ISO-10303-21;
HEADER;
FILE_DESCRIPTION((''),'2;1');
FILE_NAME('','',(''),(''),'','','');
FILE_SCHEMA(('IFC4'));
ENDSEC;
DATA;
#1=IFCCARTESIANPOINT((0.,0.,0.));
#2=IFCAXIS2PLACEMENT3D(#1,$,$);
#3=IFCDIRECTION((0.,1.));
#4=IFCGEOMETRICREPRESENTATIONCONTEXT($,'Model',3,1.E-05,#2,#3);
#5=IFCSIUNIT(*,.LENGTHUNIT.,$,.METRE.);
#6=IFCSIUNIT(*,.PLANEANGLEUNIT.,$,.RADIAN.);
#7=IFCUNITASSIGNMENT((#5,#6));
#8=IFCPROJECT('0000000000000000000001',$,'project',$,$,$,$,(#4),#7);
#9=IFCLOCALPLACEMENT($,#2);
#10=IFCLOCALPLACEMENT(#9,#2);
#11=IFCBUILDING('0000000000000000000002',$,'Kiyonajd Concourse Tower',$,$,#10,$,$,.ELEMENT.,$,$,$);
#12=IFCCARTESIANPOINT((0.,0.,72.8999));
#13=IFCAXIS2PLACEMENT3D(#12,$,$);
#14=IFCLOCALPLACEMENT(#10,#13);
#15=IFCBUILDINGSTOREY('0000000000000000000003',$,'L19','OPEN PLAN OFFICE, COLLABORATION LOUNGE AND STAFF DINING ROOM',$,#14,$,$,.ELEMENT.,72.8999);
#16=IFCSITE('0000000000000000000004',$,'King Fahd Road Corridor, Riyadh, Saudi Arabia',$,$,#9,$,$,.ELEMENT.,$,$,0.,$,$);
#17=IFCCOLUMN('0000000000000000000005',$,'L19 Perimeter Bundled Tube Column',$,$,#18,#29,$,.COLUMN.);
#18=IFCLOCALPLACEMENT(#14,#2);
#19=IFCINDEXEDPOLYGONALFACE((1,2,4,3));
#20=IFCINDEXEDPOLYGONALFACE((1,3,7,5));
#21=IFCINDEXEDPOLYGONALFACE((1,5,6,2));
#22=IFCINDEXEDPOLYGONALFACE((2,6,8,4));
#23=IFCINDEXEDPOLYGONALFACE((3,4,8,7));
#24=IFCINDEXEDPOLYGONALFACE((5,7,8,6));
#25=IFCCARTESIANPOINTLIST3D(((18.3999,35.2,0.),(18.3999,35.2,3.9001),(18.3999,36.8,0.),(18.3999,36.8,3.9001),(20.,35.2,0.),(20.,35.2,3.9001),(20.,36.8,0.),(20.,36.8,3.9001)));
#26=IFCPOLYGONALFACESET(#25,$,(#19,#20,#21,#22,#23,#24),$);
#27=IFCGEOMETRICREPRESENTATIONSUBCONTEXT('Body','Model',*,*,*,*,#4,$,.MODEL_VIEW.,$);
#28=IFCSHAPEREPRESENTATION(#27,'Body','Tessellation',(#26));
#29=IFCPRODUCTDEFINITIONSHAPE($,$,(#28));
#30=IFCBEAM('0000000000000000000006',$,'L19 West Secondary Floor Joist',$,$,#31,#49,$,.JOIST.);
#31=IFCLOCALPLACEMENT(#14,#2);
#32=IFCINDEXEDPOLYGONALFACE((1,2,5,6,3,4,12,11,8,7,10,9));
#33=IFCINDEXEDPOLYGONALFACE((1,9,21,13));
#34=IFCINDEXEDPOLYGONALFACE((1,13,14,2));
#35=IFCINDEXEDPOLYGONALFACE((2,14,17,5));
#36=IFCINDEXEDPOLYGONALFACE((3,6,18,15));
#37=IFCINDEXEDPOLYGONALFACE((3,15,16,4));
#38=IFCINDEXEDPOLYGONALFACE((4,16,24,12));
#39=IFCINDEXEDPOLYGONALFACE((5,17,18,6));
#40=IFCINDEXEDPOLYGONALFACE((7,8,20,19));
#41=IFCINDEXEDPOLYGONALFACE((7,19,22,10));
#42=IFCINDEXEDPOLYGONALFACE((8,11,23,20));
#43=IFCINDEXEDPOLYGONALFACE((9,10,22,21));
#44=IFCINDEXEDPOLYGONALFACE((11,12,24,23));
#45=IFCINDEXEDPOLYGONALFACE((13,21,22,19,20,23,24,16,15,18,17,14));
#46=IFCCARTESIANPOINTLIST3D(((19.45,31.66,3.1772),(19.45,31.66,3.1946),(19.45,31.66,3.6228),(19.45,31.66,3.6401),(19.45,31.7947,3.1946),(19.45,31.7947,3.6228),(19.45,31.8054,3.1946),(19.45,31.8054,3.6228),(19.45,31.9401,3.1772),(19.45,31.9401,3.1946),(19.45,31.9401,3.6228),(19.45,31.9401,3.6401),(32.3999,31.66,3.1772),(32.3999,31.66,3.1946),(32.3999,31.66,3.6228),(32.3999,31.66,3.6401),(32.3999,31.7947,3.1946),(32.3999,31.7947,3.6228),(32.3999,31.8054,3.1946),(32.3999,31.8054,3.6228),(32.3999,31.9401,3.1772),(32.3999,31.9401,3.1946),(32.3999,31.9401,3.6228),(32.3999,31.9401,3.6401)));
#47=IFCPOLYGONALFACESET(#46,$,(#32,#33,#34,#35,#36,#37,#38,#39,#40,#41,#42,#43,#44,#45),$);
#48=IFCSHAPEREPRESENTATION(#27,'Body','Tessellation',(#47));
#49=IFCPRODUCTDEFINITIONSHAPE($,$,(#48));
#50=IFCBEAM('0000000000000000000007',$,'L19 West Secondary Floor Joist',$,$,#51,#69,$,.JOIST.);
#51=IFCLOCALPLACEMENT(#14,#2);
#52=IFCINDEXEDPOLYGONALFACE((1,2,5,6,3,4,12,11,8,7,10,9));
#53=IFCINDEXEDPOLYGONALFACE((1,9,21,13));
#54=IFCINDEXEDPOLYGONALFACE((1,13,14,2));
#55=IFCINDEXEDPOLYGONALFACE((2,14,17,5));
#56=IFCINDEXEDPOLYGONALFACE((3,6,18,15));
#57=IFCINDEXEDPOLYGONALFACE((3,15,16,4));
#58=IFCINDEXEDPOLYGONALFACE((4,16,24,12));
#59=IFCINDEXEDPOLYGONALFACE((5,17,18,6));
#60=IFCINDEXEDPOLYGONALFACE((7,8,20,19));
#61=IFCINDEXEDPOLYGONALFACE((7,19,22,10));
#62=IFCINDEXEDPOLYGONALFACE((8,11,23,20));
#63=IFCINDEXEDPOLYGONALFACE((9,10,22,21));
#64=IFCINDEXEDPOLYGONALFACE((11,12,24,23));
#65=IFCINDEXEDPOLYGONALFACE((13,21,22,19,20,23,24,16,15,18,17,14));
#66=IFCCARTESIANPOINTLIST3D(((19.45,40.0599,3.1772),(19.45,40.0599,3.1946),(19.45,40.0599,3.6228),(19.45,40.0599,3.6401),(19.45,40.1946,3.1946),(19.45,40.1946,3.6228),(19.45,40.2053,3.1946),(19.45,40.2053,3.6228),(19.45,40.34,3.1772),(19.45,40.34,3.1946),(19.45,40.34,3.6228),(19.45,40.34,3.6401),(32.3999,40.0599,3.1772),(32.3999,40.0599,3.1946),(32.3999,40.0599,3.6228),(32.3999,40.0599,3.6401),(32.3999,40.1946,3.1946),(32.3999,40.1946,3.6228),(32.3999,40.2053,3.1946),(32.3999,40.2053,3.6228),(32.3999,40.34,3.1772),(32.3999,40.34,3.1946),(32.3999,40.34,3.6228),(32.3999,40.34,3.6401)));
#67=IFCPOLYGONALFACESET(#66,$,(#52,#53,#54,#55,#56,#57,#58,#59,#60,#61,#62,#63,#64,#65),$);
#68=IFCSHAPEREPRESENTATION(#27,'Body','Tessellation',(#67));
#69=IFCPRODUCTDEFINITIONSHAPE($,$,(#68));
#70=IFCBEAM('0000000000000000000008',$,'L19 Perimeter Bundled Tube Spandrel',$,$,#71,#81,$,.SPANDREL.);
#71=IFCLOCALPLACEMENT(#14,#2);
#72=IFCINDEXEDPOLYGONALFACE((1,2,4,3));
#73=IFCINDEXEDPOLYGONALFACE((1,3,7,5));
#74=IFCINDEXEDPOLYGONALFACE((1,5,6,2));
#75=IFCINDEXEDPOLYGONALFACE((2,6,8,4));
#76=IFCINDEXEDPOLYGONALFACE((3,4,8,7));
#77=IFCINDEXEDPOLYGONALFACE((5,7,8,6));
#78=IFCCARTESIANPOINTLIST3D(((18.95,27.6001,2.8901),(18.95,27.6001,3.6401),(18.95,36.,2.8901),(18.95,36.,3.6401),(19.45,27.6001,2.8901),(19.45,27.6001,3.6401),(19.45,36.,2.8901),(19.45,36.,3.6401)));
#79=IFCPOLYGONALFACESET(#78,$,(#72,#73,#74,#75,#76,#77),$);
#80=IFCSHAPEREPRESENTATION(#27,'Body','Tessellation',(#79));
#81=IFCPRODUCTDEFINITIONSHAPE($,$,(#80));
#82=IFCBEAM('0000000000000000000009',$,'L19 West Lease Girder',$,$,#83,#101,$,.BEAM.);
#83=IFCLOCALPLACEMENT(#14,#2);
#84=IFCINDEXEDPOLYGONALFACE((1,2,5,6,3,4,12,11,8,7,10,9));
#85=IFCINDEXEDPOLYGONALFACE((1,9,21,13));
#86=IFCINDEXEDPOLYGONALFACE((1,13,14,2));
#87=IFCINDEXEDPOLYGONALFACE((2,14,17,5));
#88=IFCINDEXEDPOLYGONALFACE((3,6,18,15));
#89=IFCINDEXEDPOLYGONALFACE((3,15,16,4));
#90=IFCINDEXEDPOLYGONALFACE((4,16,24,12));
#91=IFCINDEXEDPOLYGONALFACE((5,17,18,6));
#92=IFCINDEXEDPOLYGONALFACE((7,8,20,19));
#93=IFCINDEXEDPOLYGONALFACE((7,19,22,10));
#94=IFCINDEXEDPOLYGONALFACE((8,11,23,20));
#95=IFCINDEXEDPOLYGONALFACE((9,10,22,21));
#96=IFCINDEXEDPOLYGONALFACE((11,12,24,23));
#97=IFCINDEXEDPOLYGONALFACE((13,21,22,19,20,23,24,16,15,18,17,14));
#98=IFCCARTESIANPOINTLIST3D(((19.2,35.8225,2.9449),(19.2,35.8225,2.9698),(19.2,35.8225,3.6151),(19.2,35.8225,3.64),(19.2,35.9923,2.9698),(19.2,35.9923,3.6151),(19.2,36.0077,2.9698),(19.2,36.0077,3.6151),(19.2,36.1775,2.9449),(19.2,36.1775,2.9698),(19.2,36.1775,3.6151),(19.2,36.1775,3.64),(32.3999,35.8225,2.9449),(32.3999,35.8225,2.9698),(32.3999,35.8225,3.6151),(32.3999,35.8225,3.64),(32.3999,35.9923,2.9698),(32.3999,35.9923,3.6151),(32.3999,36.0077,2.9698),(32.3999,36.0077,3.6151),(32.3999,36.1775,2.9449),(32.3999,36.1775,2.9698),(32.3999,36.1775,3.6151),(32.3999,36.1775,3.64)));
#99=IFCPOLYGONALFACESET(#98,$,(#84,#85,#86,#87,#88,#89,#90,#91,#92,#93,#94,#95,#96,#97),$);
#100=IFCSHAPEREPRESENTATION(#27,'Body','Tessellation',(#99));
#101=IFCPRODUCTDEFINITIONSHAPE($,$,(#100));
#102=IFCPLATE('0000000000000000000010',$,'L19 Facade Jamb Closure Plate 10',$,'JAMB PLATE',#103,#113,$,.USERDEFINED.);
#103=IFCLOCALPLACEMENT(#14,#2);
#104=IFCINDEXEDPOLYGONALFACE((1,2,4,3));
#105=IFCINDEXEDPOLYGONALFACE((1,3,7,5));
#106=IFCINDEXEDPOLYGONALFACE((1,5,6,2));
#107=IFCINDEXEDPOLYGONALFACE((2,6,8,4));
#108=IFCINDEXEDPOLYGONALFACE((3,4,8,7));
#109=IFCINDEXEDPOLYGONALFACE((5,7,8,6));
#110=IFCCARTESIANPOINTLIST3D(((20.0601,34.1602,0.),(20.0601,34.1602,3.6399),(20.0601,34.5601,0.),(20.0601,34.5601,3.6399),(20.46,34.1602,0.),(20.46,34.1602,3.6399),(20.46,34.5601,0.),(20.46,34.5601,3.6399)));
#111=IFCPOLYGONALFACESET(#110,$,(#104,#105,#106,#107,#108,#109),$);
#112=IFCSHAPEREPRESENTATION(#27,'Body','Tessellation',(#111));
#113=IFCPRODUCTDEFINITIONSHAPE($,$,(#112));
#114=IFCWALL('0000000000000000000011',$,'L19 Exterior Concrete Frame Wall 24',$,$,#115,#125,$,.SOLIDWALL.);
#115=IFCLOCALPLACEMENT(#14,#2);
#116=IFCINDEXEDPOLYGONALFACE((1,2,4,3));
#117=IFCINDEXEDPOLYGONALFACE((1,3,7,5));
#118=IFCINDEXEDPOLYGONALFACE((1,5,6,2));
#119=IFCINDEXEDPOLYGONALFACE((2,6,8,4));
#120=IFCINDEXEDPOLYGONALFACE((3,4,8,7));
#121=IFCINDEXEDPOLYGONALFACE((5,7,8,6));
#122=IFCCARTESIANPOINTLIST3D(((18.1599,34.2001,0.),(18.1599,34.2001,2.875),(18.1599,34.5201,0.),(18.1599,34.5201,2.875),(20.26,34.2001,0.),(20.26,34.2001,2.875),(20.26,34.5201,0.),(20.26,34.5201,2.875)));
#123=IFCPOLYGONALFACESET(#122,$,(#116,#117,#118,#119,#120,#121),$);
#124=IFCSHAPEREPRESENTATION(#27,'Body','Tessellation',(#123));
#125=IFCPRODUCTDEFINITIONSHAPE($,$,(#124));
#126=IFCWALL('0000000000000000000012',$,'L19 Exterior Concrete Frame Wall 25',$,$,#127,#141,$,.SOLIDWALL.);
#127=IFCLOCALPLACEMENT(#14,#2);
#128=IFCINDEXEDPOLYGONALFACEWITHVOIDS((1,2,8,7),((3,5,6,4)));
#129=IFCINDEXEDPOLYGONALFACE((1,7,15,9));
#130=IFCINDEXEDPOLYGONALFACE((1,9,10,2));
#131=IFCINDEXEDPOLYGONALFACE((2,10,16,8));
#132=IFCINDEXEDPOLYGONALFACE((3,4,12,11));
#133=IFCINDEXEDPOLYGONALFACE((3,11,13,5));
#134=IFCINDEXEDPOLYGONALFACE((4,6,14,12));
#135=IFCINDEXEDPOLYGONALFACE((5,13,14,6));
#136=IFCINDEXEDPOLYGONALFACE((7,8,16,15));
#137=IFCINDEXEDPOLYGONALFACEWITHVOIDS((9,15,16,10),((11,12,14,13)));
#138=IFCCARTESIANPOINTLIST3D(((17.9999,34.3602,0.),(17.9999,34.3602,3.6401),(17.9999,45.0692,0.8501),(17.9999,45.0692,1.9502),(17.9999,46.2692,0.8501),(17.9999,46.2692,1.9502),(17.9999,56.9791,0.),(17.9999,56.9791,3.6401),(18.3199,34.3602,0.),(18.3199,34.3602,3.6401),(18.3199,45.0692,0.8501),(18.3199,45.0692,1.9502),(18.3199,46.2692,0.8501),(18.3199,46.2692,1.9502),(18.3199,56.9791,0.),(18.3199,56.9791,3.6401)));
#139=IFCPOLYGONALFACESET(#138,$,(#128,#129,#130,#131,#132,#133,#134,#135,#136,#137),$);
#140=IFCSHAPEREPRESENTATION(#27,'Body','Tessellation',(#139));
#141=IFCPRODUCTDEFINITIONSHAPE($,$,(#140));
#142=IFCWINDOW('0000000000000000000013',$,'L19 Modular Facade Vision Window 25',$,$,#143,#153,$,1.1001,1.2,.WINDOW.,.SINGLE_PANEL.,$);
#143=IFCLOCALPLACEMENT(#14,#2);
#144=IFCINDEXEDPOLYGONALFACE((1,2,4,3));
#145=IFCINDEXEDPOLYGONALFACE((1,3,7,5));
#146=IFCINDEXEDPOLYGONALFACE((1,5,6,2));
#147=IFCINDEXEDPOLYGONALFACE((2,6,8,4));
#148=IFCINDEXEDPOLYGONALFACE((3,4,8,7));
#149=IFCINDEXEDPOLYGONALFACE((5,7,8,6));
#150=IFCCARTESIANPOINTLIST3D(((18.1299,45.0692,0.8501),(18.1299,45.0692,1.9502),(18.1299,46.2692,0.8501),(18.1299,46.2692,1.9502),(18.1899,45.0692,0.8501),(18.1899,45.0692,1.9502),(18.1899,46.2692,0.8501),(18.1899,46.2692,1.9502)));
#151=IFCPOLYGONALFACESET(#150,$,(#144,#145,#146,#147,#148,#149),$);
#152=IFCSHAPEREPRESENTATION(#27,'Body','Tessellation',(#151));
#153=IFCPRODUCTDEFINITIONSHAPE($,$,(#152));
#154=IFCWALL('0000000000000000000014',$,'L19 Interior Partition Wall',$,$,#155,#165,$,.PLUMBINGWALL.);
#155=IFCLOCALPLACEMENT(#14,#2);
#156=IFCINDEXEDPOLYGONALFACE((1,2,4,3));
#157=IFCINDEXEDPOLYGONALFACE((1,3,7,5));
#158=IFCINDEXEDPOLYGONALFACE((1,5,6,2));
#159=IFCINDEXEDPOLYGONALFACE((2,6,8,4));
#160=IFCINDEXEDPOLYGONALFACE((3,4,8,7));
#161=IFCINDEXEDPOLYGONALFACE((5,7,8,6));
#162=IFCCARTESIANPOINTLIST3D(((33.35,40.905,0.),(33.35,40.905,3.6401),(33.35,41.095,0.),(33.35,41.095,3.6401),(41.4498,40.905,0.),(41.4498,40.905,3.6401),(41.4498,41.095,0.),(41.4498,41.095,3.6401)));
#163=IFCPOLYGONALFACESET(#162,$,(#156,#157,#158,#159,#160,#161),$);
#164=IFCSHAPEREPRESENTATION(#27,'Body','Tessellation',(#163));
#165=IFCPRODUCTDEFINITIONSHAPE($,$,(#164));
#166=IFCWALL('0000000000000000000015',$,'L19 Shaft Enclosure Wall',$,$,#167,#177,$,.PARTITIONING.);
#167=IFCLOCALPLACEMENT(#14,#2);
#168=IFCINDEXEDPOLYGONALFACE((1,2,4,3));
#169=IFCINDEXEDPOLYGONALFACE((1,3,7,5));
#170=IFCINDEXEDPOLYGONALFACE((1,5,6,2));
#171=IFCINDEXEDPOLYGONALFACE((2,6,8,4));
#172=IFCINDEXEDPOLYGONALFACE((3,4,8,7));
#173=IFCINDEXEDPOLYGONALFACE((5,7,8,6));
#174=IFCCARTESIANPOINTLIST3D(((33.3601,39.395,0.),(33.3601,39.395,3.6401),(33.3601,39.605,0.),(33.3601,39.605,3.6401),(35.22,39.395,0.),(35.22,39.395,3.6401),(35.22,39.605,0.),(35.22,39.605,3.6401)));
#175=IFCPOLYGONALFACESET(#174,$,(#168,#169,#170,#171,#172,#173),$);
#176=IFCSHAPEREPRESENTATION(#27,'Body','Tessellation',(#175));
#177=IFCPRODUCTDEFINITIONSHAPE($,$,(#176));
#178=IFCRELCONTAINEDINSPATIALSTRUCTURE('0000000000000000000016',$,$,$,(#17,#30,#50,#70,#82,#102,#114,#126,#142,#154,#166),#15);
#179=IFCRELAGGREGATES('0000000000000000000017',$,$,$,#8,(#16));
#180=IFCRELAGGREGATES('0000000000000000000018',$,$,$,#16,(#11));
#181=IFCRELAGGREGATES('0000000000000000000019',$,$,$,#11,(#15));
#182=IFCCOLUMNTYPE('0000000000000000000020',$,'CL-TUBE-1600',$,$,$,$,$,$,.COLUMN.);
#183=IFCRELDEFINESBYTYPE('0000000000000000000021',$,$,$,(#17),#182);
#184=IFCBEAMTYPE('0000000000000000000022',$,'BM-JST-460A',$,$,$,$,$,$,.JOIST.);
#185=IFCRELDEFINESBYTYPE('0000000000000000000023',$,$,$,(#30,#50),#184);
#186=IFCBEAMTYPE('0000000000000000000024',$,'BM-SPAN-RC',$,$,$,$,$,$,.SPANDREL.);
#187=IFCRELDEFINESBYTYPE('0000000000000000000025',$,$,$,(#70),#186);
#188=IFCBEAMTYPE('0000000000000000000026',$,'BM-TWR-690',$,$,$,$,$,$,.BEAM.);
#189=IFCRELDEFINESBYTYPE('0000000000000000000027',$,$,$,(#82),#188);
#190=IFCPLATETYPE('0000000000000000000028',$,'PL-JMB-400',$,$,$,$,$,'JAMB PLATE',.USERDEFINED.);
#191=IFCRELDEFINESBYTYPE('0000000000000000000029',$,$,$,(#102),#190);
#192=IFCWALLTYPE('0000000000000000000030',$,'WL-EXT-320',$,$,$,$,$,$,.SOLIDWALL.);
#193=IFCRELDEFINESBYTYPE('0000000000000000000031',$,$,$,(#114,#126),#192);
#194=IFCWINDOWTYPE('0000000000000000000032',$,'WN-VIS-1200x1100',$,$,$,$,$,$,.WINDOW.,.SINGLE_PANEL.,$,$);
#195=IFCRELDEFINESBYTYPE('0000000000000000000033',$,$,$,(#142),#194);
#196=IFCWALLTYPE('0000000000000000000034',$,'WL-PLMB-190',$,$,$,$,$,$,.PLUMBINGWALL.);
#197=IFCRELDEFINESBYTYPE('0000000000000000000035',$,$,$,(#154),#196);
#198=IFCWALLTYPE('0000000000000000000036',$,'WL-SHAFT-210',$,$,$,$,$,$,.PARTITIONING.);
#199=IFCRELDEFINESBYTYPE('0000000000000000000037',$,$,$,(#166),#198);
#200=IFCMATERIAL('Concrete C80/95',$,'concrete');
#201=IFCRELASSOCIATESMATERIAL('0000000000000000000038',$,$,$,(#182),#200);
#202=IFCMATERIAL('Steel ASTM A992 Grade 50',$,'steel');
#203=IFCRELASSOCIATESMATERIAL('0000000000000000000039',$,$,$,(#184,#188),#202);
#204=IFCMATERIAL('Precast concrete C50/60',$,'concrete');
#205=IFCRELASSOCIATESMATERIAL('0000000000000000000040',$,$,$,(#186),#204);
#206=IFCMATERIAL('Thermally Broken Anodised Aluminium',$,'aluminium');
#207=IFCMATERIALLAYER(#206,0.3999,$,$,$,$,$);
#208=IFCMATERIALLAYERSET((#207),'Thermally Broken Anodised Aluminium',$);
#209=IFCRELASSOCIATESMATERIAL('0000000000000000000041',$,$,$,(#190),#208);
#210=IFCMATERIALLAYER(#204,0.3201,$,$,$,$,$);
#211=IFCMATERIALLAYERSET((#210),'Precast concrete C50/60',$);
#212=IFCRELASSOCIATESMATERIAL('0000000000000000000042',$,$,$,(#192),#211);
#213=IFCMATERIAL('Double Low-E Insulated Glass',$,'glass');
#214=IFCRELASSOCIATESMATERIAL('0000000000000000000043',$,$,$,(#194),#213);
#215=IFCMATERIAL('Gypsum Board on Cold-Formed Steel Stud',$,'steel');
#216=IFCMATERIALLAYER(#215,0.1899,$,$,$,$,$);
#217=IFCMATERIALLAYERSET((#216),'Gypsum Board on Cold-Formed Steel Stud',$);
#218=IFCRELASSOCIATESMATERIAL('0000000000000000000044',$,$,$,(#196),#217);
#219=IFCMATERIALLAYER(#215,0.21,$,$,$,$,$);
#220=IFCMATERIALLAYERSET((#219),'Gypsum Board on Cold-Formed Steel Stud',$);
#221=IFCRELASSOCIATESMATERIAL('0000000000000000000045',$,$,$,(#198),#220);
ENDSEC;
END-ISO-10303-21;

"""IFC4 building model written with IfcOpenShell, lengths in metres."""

from ifc_helpers import new_model, si_unit, direction, frame, frame_2d, origin, origin_2d, place, context, subcontext, project, spatial, rectangle, i_section, extrude, material, layer, layer_set, material_profile, profile_set, type_object, element, fill, save


model = new_model("IFC4")

# Units and contexts
model_context = context("Model", 3, precision=1e-05, world=origin(), true_north=direction((0.0, 1.0)))
body_context = subcontext(model_context, "Body", "Model", "MODEL_VIEW")
ifc_project = project(units=[si_unit("LENGTHUNIT", "METRE"), si_unit("PLANEANGLEUNIT", "RADIAN")], contexts=[model_context])

# Site, building, storey
site_placement = place(None, origin())
site = spatial("IfcSite", under=ifc_project, at=site_placement, Name="King Fahd Road Corridor, Riyadh, Saudi Arabia", CompositionType="ELEMENT", RefElevation=0.0)
building_placement = place(site_placement, origin())
building = spatial("IfcBuilding", under=site, at=building_placement, Name="Kiyonajd Concourse Tower", CompositionType="ELEMENT")
storey_placement = place(building_placement, frame((0.0, 0.0, 72.8999)))
storey = spatial("IfcBuildingStorey", under=building, at=storey_placement, Name="L19", Description="OPEN PLAN OFFICE, COLLABORATION LOUNGE AND STAFF DINING ROOM", CompositionType="ELEMENT", Elevation=72.8999)

# Column
ifc_material_1 = material(Name="Concrete C80/95", Category="concrete")
ifc_material_profile_1 = material_profile(ifc_material_1, rectangle(XDim=1.6001, YDim=1.6001, at=origin_2d()), Name="RC-1600x1600")
ifc_profile_set_1 = profile_set([ifc_material_profile_1], Name="Concrete C80/95")
column_type = type_object("IfcColumnType", Name="CL-TUBE-1600", PredefinedType="COLUMN", material=ifc_profile_set_1)
column_placement = place(storey_placement, frame((19.2, 36.0, 0.0), z_axis=(0.0, 0.0, 1.0), x_axis=(1.0, 0.0, 0.0)))
element("IfcColumn", 1, at=column_placement, inside=storey, type_object=column_type, Name="L19 Perimeter Bundled Tube Column", PredefinedType="COLUMN", context=body_context, shape_type="SweptSolid", body=[
    extrude(rectangle(XDim=1.6001, YDim=1.6001, at=origin_2d()), origin(), (0.0, 0.0, 1.0), 3.9001),
])

# Beams
ifc_material_2 = material(Name="Steel ASTM A992 Grade 50", Category="steel")
ifc_material_profile_2 = material_profile(ifc_material_2, i_section(OverallWidth=0.28, OverallDepth=0.4629, WebThickness=0.0107, FlangeThickness=0.0173, at=origin_2d()), Name="W460X113")
ifc_profile_set_2 = profile_set([ifc_material_profile_2], Name="Steel ASTM A992 Grade 50")
beam_type_1 = type_object("IfcBeamType", Name="BM-JST-460A", PredefinedType="JOIST", material=ifc_profile_set_2)
for number, where, z_axis, x_axis, name in (
    (2, (19.45, 31.8, 3.4087), (1.0, 0.0, 0.0), (0.0, 1.0, 0.0), "L19 West Secondary Floor Joist"),
    (3, (19.45, 40.2, 3.4087), (1.0, 0.0, 0.0), (0.0, 1.0, 0.0), "L19 West Secondary Floor Joist"),
):
    element("IfcBeam", number, at=place(storey_placement, frame(where, z_axis=z_axis, x_axis=x_axis)), inside=storey, type_object=beam_type_1, Name=name, PredefinedType="JOIST", context=body_context, shape_type="SweptSolid", body=[
        extrude(i_section(OverallWidth=0.28, OverallDepth=0.4629, WebThickness=0.0107, FlangeThickness=0.0173, at=origin_2d()), origin(), (0.0, 0.0, 1.0), 12.95),
    ])
ifc_material_3 = material(Name="Precast concrete C50/60", Category="concrete")
ifc_material_profile_3 = material_profile(ifc_material_3, rectangle(XDim=0.5, YDim=0.75, at=origin_2d()), Name="RCBM-500x750")
ifc_profile_set_3 = profile_set([ifc_material_profile_3], Name="Precast concrete C50/60")
beam_type_2 = type_object("IfcBeamType", Name="BM-SPAN-RC", PredefinedType="SPANDREL", material=ifc_profile_set_3)
beam_1_placement = place(storey_placement, frame((19.2, 36.0, 3.2651), z_axis=(0.0, -1.0, 0.0), x_axis=(1.0, 0.0, 0.0)))
element("IfcBeam", 4, at=beam_1_placement, inside=storey, type_object=beam_type_2, Name="L19 Perimeter Bundled Tube Spandrel", PredefinedType="SPANDREL", context=body_context, shape_type="SweptSolid", body=[
    extrude(rectangle(XDim=0.5, YDim=0.75, at=origin_2d()), origin(), (0.0, 0.0, 1.0), 8.3999),
])
ifc_material_profile_4 = material_profile(ifc_material_2, i_section(OverallWidth=0.355, OverallDepth=0.6951, WebThickness=0.0154, FlangeThickness=0.0249, at=origin_2d()), Name="W690X217")
ifc_profile_set_4 = profile_set([ifc_material_profile_4], Name="Steel ASTM A992 Grade 50")
beam_type_3 = type_object("IfcBeamType", Name="BM-TWR-690", PredefinedType="BEAM", material=ifc_profile_set_4)
beam_2_placement = place(storey_placement, frame((19.2, 36.0, 3.2925), z_axis=(1.0, 0.0, 0.0), x_axis=(0.0, 1.0, 0.0)))
element("IfcBeam", 5, at=beam_2_placement, inside=storey, type_object=beam_type_3, Name="L19 West Lease Girder", PredefinedType="BEAM", context=body_context, shape_type="SweptSolid", body=[
    extrude(i_section(OverallWidth=0.355, OverallDepth=0.6951, WebThickness=0.0154, FlangeThickness=0.0249, at=origin_2d()), origin(), (0.0, 0.0, 1.0), 13.2),
])

# Plate
ifc_material_4 = material(Name="Thermally Broken Anodised Aluminium", Category="aluminium")
ifc_layer_1 = layer(ifc_material_4, 0.3999)
ifc_layer_set_1 = layer_set([ifc_layer_1], Name="Thermally Broken Anodised Aluminium")
plate_type = type_object("IfcPlateType", Name="PL-JMB-400", ElementType="JAMB PLATE", PredefinedType="USERDEFINED", material=ifc_layer_set_1)
plate_placement = place(storey_placement, frame((20.26, 34.3601, 0.0), z_axis=(0.0, 0.0, 1.0), x_axis=(1.0, 0.0, 0.0)))
element("IfcPlate", 6, at=plate_placement, inside=storey, type_object=plate_type, Name="L19 Facade Jamb Closure Plate 10", ObjectType="JAMB PLATE", PredefinedType="USERDEFINED", context=body_context, shape_type="SweptSolid", body=[
    extrude(rectangle(XDim=0.3999, YDim=0.3999, at=origin_2d()), origin(), (0.0, 0.0, 1.0), 3.6399),
])

# Wall
ifc_layer_2 = layer(ifc_material_3, 0.3201)
ifc_layer_set_2 = layer_set([ifc_layer_2], Name="Precast concrete C50/60")
wall_type_1 = type_object("IfcWallType", Name="WL-EXT-320", PredefinedType="SOLIDWALL", material=ifc_layer_set_2)
wall_1_placement = place(storey_placement, frame((20.26, 34.3601, 0.0), z_axis=(0.0, 0.0, 1.0), x_axis=(-1.0, 0.0, 0.0)))
element("IfcWall", 7, at=wall_1_placement, inside=storey, type_object=wall_type_1, Name="L19 Exterior Concrete Frame Wall 24", PredefinedType="SOLIDWALL", context=body_context, shape_type="SweptSolid", body=[
    extrude(rectangle(XDim=2.1001, YDim=0.3201, at=frame_2d((1.05, 0.0))), origin(), (0.0, 0.0, 1.0), 2.875),
])

# Wall, opening, window
wall_2_placement = place(storey_placement, frame((18.1599, 34.3601, 0.0), z_axis=(0.0, 0.0, 1.0), x_axis=(0.0, 1.0, 0.0)))
wall_2 = element("IfcWall", 8, at=wall_2_placement, inside=storey, type_object=wall_type_1, Name="L19 Exterior Concrete Frame Wall 25", PredefinedType="SOLIDWALL", context=body_context, shape_type="SweptSolid", body=[
    extrude(rectangle(XDim=22.6189, YDim=0.3201, at=frame_2d((11.3096, 0.0))), origin(), (0.0, 0.0, 1.0), 3.6401),
])
opening_1_placement = place(wall_2_placement, frame((10.709, 0.0, 0.8501)))
opening_1 = element("IfcOpeningElement", 9, at=opening_1_placement, cuts=wall_2, PredefinedType="OPENING", context=body_context, shape_type="SweptSolid", body=[
    extrude(rectangle(XDim=1.2, YDim=1.1001, at=frame_2d((0.6001, 0.55))), frame((0.0, 0.1699, 0.0), z_axis=(0.0, -1.0, 0.0), x_axis=(1.0, 0.0, 0.0)), (0.0, 0.0, 1.0), 0.3401),
])
ifc_material_5 = material(Name="Double Low-E Insulated Glass", Category="glass")
window_type = type_object("IfcWindowType", Name="WN-VIS-1200x1100", PartitioningType="SINGLE_PANEL", PredefinedType="WINDOW", material=ifc_material_5)
window_placement = place(opening_1_placement, origin())
window = element("IfcWindow", 10, at=window_placement, inside=storey, type_object=window_type, Name="L19 Modular Facade Vision Window 25", OverallHeight=1.1001, OverallWidth=1.2, PartitioningType="SINGLE_PANEL", PredefinedType="WINDOW", context=body_context, shape_type="SweptSolid", body=[
    extrude(rectangle(XDim=1.2, YDim=1.1001, at=frame_2d((0.6001, 0.55))), frame((0.0, 0.03, 0.0), z_axis=(0.0, -1.0, 0.0), x_axis=(1.0, 0.0, 0.0)), (0.0, 0.0, 1.0), 0.0601),
])
fill(opening_1, window)

# Walls
ifc_material_6 = material(Name="Gypsum Board on Cold-Formed Steel Stud", Category="steel")
ifc_layer_3 = layer(ifc_material_6, 0.1899)
ifc_layer_set_3 = layer_set([ifc_layer_3], Name="Gypsum Board on Cold-Formed Steel Stud")
wall_type_2 = type_object("IfcWallType", Name="WL-PLMB-190", PredefinedType="PLUMBINGWALL", material=ifc_layer_set_3)
wall_3_placement = place(storey_placement, frame((33.3501, 41.0, 0.0), z_axis=(0.0, 0.0, 1.0), x_axis=(1.0, 0.0, 0.0)))
element("IfcWall", 11, at=wall_3_placement, inside=storey, type_object=wall_type_2, Name="L19 Interior Partition Wall", PredefinedType="PLUMBINGWALL", context=body_context, shape_type="SweptSolid", body=[
    extrude(rectangle(XDim=8.0999, YDim=0.1899, at=frame_2d((4.0498, 0.0))), origin(), (0.0, 0.0, 1.0), 3.6401),
])
ifc_layer_4 = layer(ifc_material_6, 0.21)
ifc_layer_set_4 = layer_set([ifc_layer_4], Name="Gypsum Board on Cold-Formed Steel Stud")
wall_type_3 = type_object("IfcWallType", Name="WL-SHAFT-210", PredefinedType="PARTITIONING", material=ifc_layer_set_4)
wall_4_placement = place(storey_placement, frame((33.3601, 39.5, 0.0), z_axis=(0.0, 0.0, 1.0), x_axis=(1.0, 0.0, 0.0)))
element("IfcWall", 12, at=wall_4_placement, inside=storey, type_object=wall_type_3, Name="L19 Shaft Enclosure Wall", PredefinedType="PARTITIONING", context=body_context, shape_type="SweptSolid", body=[
    extrude(rectangle(XDim=1.8599, YDim=0.21, at=frame_2d((0.9299, 0.0))), origin(), (0.0, 0.0, 1.0), 3.6401),
])

save(model, "model.ifc")
